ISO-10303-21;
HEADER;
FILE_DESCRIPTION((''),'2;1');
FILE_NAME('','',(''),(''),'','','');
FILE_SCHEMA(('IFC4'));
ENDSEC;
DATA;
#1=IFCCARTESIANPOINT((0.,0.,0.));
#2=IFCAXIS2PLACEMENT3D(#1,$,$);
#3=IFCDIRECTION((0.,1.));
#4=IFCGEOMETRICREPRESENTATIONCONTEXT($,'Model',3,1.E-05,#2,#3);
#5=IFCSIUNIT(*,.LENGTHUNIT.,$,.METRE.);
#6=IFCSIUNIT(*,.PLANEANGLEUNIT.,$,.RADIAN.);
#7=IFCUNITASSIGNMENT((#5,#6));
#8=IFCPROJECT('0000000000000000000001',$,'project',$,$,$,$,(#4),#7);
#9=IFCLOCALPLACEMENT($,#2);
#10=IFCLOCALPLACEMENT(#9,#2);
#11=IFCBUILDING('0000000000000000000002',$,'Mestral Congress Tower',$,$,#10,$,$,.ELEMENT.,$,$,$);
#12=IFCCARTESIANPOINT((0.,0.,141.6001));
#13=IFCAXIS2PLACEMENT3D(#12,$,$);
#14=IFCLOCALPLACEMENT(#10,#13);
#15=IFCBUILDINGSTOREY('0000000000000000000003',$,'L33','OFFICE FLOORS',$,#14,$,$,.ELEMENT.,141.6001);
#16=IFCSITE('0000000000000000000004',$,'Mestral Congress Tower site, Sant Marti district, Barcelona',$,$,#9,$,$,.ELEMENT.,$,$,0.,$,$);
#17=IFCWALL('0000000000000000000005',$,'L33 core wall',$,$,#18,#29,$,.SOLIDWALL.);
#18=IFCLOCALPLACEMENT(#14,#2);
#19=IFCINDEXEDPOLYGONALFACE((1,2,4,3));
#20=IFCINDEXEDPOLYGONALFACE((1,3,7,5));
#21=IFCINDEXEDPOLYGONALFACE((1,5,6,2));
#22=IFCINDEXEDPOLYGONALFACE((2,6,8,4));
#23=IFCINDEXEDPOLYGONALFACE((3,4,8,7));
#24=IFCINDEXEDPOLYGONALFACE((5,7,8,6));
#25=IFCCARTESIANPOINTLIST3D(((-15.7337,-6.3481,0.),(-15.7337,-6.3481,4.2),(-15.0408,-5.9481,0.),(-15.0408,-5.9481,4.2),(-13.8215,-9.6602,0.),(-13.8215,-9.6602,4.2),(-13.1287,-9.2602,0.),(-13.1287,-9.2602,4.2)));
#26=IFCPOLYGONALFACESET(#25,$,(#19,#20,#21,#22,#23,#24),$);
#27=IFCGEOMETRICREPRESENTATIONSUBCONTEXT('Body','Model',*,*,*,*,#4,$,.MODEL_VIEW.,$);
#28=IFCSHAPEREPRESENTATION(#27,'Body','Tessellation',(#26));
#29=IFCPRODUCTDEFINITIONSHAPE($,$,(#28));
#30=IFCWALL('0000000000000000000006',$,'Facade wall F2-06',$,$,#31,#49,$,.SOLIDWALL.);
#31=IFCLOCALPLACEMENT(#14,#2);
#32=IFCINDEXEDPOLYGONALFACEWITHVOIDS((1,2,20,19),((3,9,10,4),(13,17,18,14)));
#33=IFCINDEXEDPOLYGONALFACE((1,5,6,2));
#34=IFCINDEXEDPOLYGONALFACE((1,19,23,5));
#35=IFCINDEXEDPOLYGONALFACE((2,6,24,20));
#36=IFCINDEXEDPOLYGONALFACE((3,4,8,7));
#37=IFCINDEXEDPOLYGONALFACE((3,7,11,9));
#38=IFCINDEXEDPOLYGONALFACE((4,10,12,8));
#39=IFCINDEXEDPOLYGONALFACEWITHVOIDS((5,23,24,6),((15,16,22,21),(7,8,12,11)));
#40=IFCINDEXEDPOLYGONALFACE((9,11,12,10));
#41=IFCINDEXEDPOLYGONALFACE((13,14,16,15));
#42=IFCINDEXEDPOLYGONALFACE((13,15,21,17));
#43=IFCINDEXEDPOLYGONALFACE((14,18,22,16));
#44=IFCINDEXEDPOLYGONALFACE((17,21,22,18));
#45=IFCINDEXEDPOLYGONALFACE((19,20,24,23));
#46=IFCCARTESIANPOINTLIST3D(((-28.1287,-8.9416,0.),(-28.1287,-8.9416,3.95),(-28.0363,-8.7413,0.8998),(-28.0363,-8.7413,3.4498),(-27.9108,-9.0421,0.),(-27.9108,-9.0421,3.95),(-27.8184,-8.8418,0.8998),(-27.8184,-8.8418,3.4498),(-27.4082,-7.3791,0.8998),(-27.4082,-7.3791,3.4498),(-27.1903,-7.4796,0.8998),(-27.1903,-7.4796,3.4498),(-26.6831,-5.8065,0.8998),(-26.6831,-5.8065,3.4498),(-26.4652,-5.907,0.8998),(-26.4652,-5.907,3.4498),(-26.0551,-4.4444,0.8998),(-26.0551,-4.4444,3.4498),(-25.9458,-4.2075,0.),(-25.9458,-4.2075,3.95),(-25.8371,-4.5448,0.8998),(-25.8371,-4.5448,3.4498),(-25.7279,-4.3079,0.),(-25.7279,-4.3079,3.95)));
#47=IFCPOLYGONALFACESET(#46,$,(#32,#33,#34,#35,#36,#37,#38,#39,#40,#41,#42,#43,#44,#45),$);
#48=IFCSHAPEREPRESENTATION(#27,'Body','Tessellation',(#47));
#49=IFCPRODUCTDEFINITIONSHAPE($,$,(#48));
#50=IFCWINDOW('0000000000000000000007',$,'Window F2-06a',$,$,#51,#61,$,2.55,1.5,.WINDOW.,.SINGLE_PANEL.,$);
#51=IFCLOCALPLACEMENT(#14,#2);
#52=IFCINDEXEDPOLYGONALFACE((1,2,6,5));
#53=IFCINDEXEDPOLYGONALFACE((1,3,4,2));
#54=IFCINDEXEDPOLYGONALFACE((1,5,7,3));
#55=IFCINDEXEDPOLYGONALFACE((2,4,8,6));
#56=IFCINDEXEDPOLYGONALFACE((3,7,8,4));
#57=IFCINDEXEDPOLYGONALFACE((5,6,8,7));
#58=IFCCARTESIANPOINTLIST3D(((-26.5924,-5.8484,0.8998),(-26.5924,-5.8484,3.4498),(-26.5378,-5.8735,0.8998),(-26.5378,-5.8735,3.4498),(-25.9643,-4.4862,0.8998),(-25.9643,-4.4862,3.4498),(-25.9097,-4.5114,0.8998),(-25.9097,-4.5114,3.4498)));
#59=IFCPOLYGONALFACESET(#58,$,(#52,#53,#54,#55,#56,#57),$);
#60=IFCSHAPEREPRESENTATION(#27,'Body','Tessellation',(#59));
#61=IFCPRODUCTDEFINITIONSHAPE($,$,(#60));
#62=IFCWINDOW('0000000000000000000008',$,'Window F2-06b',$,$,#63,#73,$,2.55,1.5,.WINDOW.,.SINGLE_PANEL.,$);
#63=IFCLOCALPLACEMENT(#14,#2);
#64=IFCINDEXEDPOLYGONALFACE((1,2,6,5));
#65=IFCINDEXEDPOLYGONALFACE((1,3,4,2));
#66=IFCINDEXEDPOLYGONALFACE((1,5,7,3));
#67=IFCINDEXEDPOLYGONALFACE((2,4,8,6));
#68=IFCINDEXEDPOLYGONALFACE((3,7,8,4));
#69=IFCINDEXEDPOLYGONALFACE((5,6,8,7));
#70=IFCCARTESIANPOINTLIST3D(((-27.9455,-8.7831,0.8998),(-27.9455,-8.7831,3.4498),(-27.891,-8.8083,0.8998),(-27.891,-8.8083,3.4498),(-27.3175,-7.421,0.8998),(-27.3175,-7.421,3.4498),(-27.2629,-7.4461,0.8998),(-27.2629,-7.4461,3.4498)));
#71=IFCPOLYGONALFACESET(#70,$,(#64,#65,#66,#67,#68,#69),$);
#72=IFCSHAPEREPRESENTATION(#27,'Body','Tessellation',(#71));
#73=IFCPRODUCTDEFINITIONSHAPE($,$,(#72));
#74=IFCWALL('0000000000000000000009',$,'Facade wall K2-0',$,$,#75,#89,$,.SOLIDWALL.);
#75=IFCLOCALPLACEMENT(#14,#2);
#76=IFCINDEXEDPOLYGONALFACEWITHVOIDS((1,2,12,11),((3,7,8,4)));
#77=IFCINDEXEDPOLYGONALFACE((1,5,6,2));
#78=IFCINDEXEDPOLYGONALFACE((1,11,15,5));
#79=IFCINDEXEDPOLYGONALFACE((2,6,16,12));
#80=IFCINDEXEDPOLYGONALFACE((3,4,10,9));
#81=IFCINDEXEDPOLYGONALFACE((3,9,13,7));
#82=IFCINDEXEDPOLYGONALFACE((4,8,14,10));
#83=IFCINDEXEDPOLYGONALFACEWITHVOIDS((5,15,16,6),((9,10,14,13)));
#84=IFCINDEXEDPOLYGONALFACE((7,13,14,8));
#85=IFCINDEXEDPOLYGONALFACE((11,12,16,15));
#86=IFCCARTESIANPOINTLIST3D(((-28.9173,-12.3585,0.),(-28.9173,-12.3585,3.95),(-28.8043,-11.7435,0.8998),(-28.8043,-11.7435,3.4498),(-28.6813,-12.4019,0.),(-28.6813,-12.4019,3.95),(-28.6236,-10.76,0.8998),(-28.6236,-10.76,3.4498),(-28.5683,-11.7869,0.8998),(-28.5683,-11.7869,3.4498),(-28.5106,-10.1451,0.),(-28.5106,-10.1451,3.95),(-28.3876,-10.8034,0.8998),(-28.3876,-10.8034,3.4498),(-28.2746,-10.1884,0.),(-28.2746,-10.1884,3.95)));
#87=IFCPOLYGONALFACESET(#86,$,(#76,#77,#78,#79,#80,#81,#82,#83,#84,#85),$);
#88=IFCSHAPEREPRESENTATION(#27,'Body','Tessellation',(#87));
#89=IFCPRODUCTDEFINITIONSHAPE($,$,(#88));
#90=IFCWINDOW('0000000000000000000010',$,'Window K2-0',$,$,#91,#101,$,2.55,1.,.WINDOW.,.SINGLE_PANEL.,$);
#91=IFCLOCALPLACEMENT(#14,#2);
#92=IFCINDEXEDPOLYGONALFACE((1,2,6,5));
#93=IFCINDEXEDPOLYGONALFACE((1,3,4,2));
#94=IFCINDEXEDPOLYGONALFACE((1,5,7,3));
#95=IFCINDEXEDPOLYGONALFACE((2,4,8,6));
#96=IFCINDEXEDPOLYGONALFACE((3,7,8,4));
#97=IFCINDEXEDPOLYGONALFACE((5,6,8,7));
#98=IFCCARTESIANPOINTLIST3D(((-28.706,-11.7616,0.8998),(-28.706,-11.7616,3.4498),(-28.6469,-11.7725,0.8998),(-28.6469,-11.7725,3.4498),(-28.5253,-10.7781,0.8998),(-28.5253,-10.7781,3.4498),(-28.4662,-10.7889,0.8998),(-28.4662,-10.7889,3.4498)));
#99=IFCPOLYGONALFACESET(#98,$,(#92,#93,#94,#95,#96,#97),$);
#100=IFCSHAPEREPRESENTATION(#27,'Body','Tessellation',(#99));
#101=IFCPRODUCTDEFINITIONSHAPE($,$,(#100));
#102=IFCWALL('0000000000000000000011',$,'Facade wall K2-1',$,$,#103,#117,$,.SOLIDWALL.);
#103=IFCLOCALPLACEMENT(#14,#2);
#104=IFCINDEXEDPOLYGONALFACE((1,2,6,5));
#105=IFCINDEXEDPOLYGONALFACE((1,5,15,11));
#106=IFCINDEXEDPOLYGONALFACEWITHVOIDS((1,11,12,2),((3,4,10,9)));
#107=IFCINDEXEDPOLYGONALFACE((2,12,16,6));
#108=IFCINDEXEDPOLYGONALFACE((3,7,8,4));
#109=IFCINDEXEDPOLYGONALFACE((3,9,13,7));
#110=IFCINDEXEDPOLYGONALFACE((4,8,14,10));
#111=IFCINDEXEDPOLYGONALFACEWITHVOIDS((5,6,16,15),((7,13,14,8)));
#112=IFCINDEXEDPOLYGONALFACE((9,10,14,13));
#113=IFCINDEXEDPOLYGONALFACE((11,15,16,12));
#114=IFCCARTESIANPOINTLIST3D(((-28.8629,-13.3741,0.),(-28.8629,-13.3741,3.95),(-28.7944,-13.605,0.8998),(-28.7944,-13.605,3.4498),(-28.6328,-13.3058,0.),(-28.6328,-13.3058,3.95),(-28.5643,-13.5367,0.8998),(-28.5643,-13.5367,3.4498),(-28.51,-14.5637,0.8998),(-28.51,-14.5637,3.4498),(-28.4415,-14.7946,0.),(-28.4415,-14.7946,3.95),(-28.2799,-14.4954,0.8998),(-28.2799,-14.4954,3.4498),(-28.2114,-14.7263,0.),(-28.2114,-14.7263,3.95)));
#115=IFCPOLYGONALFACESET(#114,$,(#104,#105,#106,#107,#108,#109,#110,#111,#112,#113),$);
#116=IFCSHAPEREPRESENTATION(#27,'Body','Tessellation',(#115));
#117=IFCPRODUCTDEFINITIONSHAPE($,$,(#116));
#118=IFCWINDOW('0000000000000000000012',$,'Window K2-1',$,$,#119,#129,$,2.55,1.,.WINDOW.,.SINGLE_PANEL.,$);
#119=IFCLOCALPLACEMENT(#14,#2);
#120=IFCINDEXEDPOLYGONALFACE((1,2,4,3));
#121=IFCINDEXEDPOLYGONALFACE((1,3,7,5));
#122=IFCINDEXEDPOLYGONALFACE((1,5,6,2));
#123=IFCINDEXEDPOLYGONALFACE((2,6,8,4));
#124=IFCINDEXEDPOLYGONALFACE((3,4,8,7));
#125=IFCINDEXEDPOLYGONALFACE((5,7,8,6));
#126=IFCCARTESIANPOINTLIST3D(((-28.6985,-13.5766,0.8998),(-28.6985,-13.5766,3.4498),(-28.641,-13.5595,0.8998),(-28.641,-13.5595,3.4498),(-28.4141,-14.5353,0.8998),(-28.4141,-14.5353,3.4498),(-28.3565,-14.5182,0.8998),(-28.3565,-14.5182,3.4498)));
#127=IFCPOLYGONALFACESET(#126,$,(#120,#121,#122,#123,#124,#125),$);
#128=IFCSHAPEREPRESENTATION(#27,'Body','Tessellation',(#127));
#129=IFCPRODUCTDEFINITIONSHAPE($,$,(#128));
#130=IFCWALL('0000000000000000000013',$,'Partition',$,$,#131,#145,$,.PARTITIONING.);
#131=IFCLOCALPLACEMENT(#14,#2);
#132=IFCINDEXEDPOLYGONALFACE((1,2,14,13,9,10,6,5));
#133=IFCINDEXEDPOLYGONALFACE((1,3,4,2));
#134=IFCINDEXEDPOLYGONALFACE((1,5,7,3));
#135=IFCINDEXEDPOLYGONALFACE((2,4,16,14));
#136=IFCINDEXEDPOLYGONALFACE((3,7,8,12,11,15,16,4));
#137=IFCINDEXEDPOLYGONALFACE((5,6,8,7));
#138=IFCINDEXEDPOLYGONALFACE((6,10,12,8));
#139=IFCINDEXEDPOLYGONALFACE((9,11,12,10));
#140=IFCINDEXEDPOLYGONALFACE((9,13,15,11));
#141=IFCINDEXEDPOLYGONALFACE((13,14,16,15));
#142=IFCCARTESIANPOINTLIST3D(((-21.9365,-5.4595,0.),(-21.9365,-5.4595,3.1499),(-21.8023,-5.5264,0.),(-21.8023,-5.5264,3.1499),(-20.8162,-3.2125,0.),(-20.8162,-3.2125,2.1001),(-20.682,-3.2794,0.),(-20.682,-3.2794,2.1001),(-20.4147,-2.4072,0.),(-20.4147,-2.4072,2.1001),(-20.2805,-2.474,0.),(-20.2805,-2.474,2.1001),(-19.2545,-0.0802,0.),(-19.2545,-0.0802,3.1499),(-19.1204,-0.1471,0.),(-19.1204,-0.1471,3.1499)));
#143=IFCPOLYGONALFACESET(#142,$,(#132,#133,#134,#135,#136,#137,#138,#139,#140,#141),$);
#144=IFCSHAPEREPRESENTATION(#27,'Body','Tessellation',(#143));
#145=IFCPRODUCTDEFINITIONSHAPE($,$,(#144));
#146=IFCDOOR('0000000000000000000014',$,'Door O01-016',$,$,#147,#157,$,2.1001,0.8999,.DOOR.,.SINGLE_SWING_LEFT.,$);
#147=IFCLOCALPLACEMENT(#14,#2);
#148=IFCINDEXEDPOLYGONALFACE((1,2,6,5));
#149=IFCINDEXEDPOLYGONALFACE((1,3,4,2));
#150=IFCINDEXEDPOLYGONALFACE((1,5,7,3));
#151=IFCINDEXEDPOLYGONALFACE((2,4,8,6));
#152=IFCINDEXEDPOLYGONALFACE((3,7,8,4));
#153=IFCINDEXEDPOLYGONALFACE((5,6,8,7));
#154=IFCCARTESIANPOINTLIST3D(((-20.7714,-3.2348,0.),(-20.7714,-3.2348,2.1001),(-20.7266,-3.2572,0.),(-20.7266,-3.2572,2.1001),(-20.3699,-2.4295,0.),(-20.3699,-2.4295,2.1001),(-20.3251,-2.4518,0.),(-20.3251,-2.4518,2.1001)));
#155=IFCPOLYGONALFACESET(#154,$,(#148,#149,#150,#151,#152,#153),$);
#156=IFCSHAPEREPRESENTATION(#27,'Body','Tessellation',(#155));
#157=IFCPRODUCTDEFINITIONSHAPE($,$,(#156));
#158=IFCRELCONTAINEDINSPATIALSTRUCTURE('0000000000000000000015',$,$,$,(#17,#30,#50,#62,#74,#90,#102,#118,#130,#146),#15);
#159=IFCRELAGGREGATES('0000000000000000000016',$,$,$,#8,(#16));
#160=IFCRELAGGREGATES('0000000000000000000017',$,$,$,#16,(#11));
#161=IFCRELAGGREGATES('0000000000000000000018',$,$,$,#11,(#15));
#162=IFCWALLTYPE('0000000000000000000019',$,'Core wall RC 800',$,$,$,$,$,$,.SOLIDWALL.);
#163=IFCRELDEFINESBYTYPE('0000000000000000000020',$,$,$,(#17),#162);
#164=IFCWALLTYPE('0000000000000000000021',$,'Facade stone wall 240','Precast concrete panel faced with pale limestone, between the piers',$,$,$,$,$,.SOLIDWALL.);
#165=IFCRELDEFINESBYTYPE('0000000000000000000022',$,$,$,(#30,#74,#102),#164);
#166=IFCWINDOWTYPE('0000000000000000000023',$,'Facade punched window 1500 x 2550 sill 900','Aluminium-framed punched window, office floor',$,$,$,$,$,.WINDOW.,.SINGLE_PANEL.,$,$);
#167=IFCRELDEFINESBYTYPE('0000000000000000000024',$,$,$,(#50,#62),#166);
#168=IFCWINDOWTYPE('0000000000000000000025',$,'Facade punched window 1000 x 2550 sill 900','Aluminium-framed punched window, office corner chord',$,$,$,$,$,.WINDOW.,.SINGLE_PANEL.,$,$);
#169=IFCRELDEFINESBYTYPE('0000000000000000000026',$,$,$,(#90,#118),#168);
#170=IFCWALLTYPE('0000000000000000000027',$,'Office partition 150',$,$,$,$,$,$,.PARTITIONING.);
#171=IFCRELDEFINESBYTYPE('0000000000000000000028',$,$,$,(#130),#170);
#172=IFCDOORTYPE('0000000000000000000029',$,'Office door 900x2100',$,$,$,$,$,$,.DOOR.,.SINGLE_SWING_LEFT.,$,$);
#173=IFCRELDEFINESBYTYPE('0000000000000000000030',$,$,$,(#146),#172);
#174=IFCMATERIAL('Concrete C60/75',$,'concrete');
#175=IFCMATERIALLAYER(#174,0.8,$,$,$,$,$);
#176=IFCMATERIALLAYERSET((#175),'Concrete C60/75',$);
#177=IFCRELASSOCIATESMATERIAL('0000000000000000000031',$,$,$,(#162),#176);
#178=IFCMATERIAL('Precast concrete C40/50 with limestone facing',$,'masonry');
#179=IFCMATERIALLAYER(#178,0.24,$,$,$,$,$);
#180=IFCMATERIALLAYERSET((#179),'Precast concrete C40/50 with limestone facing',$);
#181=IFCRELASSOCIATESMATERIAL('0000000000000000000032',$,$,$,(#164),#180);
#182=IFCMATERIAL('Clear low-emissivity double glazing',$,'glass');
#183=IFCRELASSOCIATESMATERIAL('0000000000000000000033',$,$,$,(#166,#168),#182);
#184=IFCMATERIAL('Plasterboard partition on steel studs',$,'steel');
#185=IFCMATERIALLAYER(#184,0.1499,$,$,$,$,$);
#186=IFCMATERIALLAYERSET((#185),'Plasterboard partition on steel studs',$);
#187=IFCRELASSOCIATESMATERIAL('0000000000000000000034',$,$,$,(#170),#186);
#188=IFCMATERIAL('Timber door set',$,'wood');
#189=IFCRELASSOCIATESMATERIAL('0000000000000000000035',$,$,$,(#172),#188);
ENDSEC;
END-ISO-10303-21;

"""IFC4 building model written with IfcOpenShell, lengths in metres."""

from ifc_helpers import new_model, si_unit, direction, frame, frame_2d, origin, place, context, subcontext, project, spatial, rectangle, extrude, material, layer, layer_set, type_object, element, fill, save


model = new_model("IFC4")

# Units and contexts
model_context = context("Model", 3, precision=1e-05, world=origin(), true_north=direction((0.0, 1.0)))
body_context = subcontext(model_context, "Body", "Model", "MODEL_VIEW")
ifc_project = project(units=[si_unit("LENGTHUNIT", "METRE"), si_unit("PLANEANGLEUNIT", "RADIAN")], contexts=[model_context])

# Site, building, storey
site_placement = place(None, origin())
site = spatial("IfcSite", under=ifc_project, at=site_placement, Name="Mestral Congress Tower site, Sant Marti district, Barcelona", CompositionType="ELEMENT", RefElevation=0.0)
building_placement = place(site_placement, origin())
building = spatial("IfcBuilding", under=site, at=building_placement, Name="Mestral Congress Tower", CompositionType="ELEMENT")
storey_placement = place(building_placement, frame((0.0, 0.0, 141.6001)))
storey = spatial("IfcBuildingStorey", under=building, at=storey_placement, Name="L33", Description="OFFICE FLOORS", CompositionType="ELEMENT", Elevation=141.6001)

# Shared definitions
ifc_material_1 = material(Name="Concrete C60/75", Category="concrete")

# Wall
ifc_layer_1 = layer(ifc_material_1, 0.8)
ifc_layer_set_1 = layer_set([ifc_layer_1], Name="Concrete C60/75")
wall_type_1 = type_object("IfcWallType", Name="Core wall RC 800", PredefinedType="SOLIDWALL", material=ifc_layer_set_1)
wall_1_placement = place(storey_placement, frame((-15.3872, -6.1482, 0.0), z_axis=(0.0, 0.0, 1.0), x_axis=(0.499984, -0.866035, 0.0)))
element("IfcWall", 1, at=wall_1_placement, inside=storey, type_object=wall_type_1, Name="L33 core wall", PredefinedType="SOLIDWALL", context=body_context, shape_type="SweptSolid", body=[
    extrude(rectangle(XDim=3.8245, YDim=0.8, at=frame_2d((1.9121, 0.0))), origin(), (0.0, 0.0, 1.0), 4.2),
])

# Wall, openings, windows
ifc_material_2 = material(Name="Precast concrete C40/50 with limestone facing", Category="masonry")
ifc_layer_2 = layer(ifc_material_2, 0.24)
ifc_layer_set_2 = layer_set([ifc_layer_2], Name="Precast concrete C40/50 with limestone facing")
wall_type_2 = type_object("IfcWallType", Name="Facade stone wall 240", Description="Precast concrete panel faced with pale limestone, between the piers", PredefinedType="SOLIDWALL", material=ifc_layer_set_2)
wall_2_placement = place(storey_placement, frame((-25.8369, -4.2578, 0.0), z_axis=(0.0, 0.0, 1.0), x_axis=(-0.418723, -0.908114, 0.0)))
wall_2 = element("IfcWall", 2, at=wall_2_placement, inside=storey, type_object=wall_type_2, Name="Facade wall F2-06", PredefinedType="SOLIDWALL", context=body_context, shape_type="SweptSolid", body=[
    extrude(rectangle(XDim=5.2131, YDim=0.24, at=frame_2d((2.6064, 0.0))), origin(), (0.0, 0.0, 1.0), 3.95),
])
opening_1_placement = place(wall_2_placement, frame((0.2607, 0.0, 0.8999)))
opening_1 = element("IfcOpeningElement", 3, at=opening_1_placement, cuts=wall_2, PredefinedType="OPENING", context=body_context, shape_type="SweptSolid", body=[
    extrude(rectangle(XDim=1.5, YDim=2.55, at=frame_2d((0.75, 1.2749))), frame((0.0, 0.1299, 0.0), z_axis=(0.0, -1.0, 0.0), x_axis=(1.0, 0.0, 0.0)), (0.0, 0.0, 1.0), 0.26),
])
opening_2_placement = place(wall_2_placement, frame((3.4924, 0.0, 0.8999)))
opening_2 = element("IfcOpeningElement", 4, at=opening_2_placement, cuts=wall_2, PredefinedType="OPENING", context=body_context, shape_type="SweptSolid", body=[
    extrude(rectangle(XDim=1.5, YDim=2.55, at=frame_2d((0.75, 1.2749))), frame((0.0, 0.1299, 0.0), z_axis=(0.0, -1.0, 0.0), x_axis=(1.0, 0.0, 0.0)), (0.0, 0.0, 1.0), 0.26),
])
ifc_material_3 = material(Name="Clear low-emissivity double glazing", Category="glass")
window_type_1 = type_object("IfcWindowType", Name="Facade punched window 1500 x 2550 sill 900", Description="Aluminium-framed punched window, office floor", PartitioningType="SINGLE_PANEL", PredefinedType="WINDOW", material=ifc_material_3)
window_1_placement = place(opening_1_placement, origin())
window_1 = element("IfcWindow", 5, at=window_1_placement, inside=storey, type_object=window_type_1, Name="Window F2-06a", OverallHeight=2.55, OverallWidth=1.5, PartitioningType="SINGLE_PANEL", PredefinedType="WINDOW", context=body_context, shape_type="SweptSolid", body=[
    extrude(rectangle(XDim=1.5, YDim=2.55, at=frame_2d((0.75, 1.2749))), frame((0.0, 0.04, 0.0), z_axis=(0.0, -1.0, 0.0), x_axis=(1.0, 0.0, 0.0)), (0.0, 0.0, 1.0), 0.0601),
])
fill(opening_1, window_1)
window_2_placement = place(opening_2_placement, origin())
window_2 = element("IfcWindow", 6, at=window_2_placement, inside=storey, type_object=window_type_1, Name="Window F2-06b", OverallHeight=2.55, OverallWidth=1.5, PartitioningType="SINGLE_PANEL", PredefinedType="WINDOW", context=body_context, shape_type="SweptSolid", body=[
    extrude(rectangle(XDim=1.5, YDim=2.55, at=frame_2d((0.75, 1.2749))), frame((0.0, 0.04, 0.0), z_axis=(0.0, -1.0, 0.0), x_axis=(1.0, 0.0, 0.0)), (0.0, 0.0, 1.0), 0.0601),
])
fill(opening_2, window_2)

# Walls, openings, windows
wall_3_placement = place(storey_placement, frame((-28.3926, -10.1667, 0.0), z_axis=(0.0, 0.0, 1.0), x_axis=(-0.180737, -0.983531, 0.0)))
wall_3 = element("IfcWall", 7, at=wall_3_placement, inside=storey, type_object=wall_type_2, Name="Facade wall K2-0", PredefinedType="SOLIDWALL", context=body_context, shape_type="SweptSolid", body=[
    extrude(rectangle(XDim=2.2505, YDim=0.24, at=frame_2d((1.1252, 0.0))), origin(), (0.0, 0.0, 1.0), 3.95),
])
opening_3_placement = place(wall_3_placement, frame((0.6252, 0.0, 0.8999)))
opening_3 = element("IfcOpeningElement", 8, at=opening_3_placement, cuts=wall_3, PredefinedType="OPENING", context=body_context, shape_type="SweptSolid", body=[
    extrude(rectangle(XDim=1.0, YDim=2.55, at=frame_2d((0.5, 1.2749))), frame((0.0, 0.1299, 0.0), z_axis=(0.0, -1.0, 0.0), x_axis=(1.0, 0.0, 0.0)), (0.0, 0.0, 1.0), 0.26),
])
window_type_2 = type_object("IfcWindowType", Name="Facade punched window 1000 x 2550 sill 900", Description="Aluminium-framed punched window, office corner chord", PartitioningType="SINGLE_PANEL", PredefinedType="WINDOW", material=ifc_material_3)
window_3_placement = place(opening_3_placement, origin())
window_3 = element("IfcWindow", 9, at=window_3_placement, inside=storey, type_object=window_type_2, Name="Window K2-0", OverallHeight=2.55, OverallWidth=1.0, PartitioningType="SINGLE_PANEL", PredefinedType="WINDOW", context=body_context, shape_type="SweptSolid", body=[
    extrude(rectangle(XDim=1.0, YDim=2.55, at=frame_2d((0.5, 1.2749))), frame((0.0, 0.04, 0.0), z_axis=(0.0, -1.0, 0.0), x_axis=(1.0, 0.0, 0.0)), (0.0, 0.0, 1.0), 0.0601),
])
fill(opening_3, window_3)
wall_4_placement = place(storey_placement, frame((-28.7478, -13.3401, 0.0), z_axis=(0.0, 0.0, 1.0), x_axis=(0.284414, -0.958702, 0.0)))
wall_4 = element("IfcWall", 10, at=wall_4_placement, inside=storey, type_object=wall_type_2, Name="Facade wall K2-1", PredefinedType="SOLIDWALL", context=body_context, shape_type="SweptSolid", body=[
    extrude(rectangle(XDim=1.4817, YDim=0.24, at=frame_2d((0.7407, 0.0))), origin(), (0.0, 0.0, 1.0), 3.95),
])
opening_4_placement = place(wall_4_placement, frame((0.2407, 0.0, 0.8999)))
opening_4 = element("IfcOpeningElement", 11, at=opening_4_placement, cuts=wall_4, PredefinedType="OPENING", context=body_context, shape_type="SweptSolid", body=[
    extrude(rectangle(XDim=1.0, YDim=2.55, at=frame_2d((0.5, 1.2749))), frame((0.0, 0.1299, 0.0), z_axis=(0.0, -1.0, 0.0), x_axis=(1.0, 0.0, 0.0)), (0.0, 0.0, 1.0), 0.26),
])
window_4_placement = place(opening_4_placement, origin())
window_4 = element("IfcWindow", 12, at=window_4_placement, inside=storey, type_object=window_type_2, Name="Window K2-1", OverallHeight=2.55, OverallWidth=1.0, PartitioningType="SINGLE_PANEL", PredefinedType="WINDOW", context=body_context, shape_type="SweptSolid", body=[
    extrude(rectangle(XDim=1.0, YDim=2.55, at=frame_2d((0.5, 1.2749))), frame((0.0, 0.04, 0.0), z_axis=(0.0, -1.0, 0.0), x_axis=(1.0, 0.0, 0.0)), (0.0, 0.0, 1.0), 0.0601),
])
fill(opening_4, window_4)

# Wall, opening, door
ifc_material_4 = material(Name="Plasterboard partition on steel studs", Category="steel")
ifc_layer_3 = layer(ifc_material_4, 0.1499)
ifc_layer_set_3 = layer_set([ifc_layer_3], Name="Plasterboard partition on steel studs")
wall_type_3 = type_object("IfcWallType", Name="Office partition 150", PredefinedType="PARTITIONING", material=ifc_layer_set_3)
wall_5_placement = place(storey_placement, frame((-21.8694, -5.4929, 0.0), z_axis=(0.0, 0.0, 1.0), x_axis=(0.44619, 0.894938, 0.0)))
wall_5 = element("IfcWall", 13, at=wall_5_placement, inside=storey, type_object=wall_type_3, Name="Partition", PredefinedType="PARTITIONING", context=body_context, shape_type="SweptSolid", body=[
    extrude(rectangle(XDim=6.0107, YDim=0.1499, at=frame_2d((3.0054, 0.0))), origin(), (0.0, 0.0, 1.0), 3.1499),
])
opening_5_placement = place(wall_5_placement, frame((2.5107, 0.0, 0.0)))
opening_5 = element("IfcOpeningElement", 14, at=opening_5_placement, cuts=wall_5, PredefinedType="OPENING", context=body_context, shape_type="SweptSolid", body=[
    extrude(rectangle(XDim=0.8999, YDim=2.1001, at=frame_2d((0.45, 1.05))), frame((0.0, 0.085, 0.0), z_axis=(0.0, -1.0, 0.0), x_axis=(1.0, 0.0, 0.0)), (0.0, 0.0, 1.0), 0.1699),
])
ifc_material_5 = material(Name="Timber door set", Category="wood")
door_type = type_object("IfcDoorType", Name="Office door 900x2100", OperationType="SINGLE_SWING_LEFT", PredefinedType="DOOR", material=ifc_material_5)
door_1_placement = place(opening_5_placement, origin())
door_1 = element("IfcDoor", 15, at=door_1_placement, inside=storey, type_object=door_type, Name="Door O01-016", OperationType="SINGLE_SWING_LEFT", OverallHeight=2.1001, OverallWidth=0.8999, PredefinedType="DOOR", context=body_context, shape_type="SweptSolid", body=[
    extrude(rectangle(XDim=0.8999, YDim=2.1001, at=frame_2d((0.45, 1.05))), frame((0.0, 0.0249, 0.0), z_axis=(0.0, -1.0, 0.0), x_axis=(1.0, 0.0, 0.0)), (0.0, 0.0, 1.0), 0.05),
])
fill(opening_5, door_1)

save(model, "model.ifc")
